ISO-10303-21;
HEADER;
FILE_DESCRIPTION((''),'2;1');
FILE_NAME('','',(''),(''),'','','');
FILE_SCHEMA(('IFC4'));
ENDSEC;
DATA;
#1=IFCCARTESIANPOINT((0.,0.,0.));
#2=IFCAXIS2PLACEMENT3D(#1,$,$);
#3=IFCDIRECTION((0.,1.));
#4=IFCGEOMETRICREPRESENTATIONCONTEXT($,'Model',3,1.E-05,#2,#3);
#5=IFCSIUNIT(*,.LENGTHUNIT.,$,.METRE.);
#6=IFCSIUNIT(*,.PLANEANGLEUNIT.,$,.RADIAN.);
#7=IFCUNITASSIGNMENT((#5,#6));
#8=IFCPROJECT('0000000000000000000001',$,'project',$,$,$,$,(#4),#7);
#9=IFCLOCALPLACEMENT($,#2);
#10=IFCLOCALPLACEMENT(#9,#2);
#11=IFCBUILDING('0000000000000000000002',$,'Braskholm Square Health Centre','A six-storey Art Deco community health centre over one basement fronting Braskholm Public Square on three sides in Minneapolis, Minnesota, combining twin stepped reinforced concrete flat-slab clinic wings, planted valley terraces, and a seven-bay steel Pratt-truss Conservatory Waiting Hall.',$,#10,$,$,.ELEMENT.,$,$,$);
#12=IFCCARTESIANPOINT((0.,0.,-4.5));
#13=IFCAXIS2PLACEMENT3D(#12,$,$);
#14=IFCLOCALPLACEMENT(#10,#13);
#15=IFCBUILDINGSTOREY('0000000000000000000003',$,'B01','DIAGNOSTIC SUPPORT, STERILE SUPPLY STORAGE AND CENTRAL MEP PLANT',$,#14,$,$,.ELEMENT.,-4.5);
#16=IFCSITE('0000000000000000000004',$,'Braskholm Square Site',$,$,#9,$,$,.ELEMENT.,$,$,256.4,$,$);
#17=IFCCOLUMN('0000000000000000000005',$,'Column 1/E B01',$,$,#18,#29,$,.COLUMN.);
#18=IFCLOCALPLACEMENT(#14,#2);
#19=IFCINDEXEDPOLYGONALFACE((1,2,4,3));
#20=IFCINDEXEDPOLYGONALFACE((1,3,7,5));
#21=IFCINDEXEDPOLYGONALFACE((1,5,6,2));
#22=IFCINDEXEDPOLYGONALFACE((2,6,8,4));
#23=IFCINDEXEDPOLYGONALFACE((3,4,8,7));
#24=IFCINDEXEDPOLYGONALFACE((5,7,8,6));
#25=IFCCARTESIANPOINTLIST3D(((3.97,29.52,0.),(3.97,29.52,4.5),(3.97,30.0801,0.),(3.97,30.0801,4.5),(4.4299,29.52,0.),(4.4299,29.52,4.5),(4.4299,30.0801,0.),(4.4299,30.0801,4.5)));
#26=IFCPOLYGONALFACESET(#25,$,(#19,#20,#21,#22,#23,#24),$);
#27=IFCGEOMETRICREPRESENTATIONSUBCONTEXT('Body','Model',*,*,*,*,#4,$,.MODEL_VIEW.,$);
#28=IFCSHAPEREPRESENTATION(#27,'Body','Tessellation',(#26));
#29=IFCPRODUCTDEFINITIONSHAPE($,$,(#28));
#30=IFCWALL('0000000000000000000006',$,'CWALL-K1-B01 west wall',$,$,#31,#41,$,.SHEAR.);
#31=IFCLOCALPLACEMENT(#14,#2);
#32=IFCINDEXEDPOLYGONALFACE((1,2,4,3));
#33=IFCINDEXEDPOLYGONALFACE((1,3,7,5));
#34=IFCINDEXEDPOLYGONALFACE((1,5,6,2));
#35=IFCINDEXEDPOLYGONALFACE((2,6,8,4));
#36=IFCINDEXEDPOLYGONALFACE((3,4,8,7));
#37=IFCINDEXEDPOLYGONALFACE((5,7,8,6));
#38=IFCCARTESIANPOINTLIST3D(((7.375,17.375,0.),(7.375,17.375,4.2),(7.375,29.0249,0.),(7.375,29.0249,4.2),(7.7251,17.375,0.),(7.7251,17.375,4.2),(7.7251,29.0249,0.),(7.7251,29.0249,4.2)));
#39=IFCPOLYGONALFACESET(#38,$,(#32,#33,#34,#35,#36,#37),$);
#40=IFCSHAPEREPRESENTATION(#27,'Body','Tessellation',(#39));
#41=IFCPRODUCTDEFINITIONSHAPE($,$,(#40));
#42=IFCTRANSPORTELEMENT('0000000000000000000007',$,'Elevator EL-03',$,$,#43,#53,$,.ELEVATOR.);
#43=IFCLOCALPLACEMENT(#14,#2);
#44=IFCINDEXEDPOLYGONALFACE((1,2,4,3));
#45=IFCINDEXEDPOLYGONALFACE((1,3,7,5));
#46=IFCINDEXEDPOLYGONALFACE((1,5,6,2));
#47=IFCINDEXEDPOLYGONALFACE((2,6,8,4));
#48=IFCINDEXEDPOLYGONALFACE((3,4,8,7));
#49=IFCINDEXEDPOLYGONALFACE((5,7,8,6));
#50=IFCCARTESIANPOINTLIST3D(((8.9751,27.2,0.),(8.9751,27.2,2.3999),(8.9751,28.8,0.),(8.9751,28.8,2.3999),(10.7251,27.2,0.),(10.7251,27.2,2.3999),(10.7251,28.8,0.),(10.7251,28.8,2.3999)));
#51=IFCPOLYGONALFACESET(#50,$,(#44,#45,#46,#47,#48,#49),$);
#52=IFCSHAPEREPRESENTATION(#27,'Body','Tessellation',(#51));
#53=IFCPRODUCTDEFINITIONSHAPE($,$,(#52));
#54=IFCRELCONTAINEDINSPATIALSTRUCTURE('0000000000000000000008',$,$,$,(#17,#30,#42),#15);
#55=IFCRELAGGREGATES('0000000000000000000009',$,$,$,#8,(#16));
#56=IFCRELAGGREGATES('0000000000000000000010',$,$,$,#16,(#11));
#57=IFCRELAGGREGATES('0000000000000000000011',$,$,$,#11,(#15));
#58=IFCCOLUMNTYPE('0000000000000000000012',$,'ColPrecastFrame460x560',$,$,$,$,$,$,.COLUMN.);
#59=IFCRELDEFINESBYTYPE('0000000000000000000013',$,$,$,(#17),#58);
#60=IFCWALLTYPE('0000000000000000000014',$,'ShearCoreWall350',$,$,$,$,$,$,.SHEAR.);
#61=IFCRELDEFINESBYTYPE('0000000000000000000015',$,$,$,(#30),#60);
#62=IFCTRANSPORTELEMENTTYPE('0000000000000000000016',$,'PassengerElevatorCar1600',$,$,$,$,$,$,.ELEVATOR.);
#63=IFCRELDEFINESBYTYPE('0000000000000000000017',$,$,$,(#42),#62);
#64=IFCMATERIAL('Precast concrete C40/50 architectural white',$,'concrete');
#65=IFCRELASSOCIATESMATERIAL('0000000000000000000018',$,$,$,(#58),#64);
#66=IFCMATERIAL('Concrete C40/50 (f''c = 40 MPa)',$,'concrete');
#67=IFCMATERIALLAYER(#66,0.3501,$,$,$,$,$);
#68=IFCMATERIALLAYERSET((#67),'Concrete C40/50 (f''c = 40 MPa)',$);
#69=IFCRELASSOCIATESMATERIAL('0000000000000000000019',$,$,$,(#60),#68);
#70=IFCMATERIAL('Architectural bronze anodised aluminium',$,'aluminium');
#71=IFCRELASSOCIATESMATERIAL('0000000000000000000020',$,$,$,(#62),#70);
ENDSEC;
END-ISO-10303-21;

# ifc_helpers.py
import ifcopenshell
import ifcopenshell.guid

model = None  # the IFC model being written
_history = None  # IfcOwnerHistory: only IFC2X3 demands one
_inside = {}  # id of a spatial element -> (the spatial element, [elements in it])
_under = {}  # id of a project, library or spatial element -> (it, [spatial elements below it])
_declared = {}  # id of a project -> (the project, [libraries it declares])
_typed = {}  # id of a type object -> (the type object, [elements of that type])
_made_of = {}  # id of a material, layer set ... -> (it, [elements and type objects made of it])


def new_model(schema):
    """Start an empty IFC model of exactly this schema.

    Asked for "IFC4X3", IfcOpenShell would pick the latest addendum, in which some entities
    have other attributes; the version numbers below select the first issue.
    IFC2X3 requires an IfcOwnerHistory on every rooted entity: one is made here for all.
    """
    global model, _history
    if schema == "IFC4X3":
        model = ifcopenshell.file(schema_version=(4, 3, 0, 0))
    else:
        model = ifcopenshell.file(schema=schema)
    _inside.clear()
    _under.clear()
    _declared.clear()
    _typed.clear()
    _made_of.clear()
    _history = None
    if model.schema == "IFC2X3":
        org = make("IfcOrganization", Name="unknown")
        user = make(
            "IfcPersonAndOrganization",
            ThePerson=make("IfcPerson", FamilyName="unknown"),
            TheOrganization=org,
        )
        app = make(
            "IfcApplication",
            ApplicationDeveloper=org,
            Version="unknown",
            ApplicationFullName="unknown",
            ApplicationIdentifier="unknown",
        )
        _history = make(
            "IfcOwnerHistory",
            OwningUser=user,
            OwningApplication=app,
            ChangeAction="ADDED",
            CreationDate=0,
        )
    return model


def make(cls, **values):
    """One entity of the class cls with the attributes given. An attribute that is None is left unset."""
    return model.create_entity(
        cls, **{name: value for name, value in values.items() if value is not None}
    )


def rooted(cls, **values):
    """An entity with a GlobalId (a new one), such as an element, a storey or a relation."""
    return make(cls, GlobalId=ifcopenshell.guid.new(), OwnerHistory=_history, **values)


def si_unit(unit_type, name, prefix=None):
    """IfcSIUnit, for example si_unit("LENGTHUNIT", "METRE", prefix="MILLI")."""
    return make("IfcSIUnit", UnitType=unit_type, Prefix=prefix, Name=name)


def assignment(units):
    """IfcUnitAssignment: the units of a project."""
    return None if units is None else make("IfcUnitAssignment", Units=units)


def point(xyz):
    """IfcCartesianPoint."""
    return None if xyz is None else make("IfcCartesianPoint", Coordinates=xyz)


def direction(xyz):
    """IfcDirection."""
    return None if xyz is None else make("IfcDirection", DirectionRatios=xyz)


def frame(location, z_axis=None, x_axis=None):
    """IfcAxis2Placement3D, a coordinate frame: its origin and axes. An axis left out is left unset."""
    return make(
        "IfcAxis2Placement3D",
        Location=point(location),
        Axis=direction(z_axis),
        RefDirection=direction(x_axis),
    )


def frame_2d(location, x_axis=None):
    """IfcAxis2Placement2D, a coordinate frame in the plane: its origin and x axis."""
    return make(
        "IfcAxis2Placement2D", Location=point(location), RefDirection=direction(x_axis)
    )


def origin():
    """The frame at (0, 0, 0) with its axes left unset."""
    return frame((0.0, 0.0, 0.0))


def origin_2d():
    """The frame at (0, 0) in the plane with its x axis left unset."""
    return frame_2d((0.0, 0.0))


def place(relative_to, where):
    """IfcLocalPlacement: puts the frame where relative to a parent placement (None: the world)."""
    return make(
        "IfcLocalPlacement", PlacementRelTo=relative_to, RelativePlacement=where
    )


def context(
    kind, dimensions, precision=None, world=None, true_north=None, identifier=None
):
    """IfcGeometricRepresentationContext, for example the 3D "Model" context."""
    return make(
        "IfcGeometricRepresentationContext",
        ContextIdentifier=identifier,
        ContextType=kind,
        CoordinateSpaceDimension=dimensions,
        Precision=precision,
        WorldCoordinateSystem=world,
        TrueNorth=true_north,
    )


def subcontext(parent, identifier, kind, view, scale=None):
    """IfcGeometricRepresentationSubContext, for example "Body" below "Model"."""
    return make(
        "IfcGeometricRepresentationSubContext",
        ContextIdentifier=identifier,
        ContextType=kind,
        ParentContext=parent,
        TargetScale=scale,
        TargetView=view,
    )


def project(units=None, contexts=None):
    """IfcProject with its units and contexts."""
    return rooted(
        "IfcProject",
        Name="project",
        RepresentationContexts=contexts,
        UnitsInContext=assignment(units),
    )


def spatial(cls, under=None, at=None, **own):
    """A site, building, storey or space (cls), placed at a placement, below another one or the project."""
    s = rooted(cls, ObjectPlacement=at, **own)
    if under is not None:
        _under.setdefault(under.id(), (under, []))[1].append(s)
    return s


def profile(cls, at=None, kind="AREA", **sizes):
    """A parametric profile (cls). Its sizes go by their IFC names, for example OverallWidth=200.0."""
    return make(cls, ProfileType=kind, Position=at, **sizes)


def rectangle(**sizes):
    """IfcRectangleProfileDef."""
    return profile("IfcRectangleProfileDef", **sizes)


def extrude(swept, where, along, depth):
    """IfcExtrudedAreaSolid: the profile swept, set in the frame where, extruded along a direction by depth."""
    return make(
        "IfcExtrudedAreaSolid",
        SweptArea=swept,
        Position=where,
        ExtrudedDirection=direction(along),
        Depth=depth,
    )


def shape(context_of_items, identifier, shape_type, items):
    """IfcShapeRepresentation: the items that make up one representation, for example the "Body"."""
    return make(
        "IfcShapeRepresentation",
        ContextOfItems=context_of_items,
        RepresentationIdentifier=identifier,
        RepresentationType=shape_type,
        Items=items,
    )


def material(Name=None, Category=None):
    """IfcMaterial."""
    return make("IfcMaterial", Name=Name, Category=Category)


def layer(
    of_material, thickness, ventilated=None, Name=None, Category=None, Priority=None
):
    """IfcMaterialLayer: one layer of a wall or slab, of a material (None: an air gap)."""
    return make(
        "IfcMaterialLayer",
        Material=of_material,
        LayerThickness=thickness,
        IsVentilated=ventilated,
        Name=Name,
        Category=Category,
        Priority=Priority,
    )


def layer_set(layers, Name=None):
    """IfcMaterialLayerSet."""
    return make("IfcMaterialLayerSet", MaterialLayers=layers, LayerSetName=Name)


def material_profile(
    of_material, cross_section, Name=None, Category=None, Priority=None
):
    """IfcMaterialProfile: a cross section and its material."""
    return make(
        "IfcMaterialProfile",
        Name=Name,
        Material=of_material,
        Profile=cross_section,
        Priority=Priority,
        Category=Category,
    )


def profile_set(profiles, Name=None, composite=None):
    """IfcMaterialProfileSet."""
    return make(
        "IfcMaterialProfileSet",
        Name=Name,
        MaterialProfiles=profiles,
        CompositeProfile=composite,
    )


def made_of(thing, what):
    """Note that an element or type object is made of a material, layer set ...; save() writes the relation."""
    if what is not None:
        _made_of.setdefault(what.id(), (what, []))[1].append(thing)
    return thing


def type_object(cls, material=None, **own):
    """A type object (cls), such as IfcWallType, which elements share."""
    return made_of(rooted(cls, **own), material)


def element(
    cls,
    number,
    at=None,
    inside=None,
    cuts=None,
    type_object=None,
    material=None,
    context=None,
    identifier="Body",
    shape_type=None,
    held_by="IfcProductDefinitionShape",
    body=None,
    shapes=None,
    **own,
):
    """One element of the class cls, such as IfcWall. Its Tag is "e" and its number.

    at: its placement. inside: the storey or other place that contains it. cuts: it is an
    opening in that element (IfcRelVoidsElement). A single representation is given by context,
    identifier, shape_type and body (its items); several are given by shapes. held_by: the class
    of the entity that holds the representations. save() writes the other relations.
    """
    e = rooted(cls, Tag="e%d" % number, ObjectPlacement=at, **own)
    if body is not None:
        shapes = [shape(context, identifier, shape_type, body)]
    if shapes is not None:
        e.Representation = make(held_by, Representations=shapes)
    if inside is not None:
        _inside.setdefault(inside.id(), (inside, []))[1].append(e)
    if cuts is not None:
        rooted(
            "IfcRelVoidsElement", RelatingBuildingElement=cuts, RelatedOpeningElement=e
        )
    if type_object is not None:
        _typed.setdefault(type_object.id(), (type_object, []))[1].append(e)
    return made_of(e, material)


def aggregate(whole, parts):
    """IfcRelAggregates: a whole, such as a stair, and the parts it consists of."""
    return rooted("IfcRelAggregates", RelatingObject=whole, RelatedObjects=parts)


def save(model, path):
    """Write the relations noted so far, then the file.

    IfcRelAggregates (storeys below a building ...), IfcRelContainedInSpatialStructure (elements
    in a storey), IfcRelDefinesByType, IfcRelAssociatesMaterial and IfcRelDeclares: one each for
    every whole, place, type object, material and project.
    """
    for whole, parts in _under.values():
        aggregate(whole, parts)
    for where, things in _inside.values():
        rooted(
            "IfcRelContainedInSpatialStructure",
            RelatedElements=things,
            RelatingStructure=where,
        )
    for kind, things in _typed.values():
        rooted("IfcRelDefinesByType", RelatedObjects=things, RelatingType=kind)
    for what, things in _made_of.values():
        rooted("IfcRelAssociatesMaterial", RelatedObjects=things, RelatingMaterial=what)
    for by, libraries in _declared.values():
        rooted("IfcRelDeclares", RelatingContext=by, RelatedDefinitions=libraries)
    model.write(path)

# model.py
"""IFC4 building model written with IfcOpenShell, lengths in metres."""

from ifc_helpers import new_model, si_unit, direction, frame, frame_2d, origin, origin_2d, place, context, subcontext, project, spatial, rectangle, extrude, material, layer, layer_set, material_profile, profile_set, type_object, element, save


model = new_model("IFC4")

# Units and contexts
model_context = context("Model", 3, precision=1e-05, world=origin(), true_north=direction((0.0, 1.0)))
body_context = subcontext(model_context, "Body", "Model", "MODEL_VIEW")
ifc_project = project(units=[si_unit("LENGTHUNIT", "METRE"), si_unit("PLANEANGLEUNIT", "RADIAN")], contexts=[model_context])

# Site, building, storey
site_placement = place(None, origin())
site = spatial("IfcSite", under=ifc_project, at=site_placement, Name="Braskholm Square Site", CompositionType="ELEMENT", RefElevation=256.4)
building_placement = place(site_placement, origin())
building = spatial("IfcBuilding", under=site, at=building_placement, Name="Braskholm Square Health Centre", Description="A six-storey Art Deco community health centre over one basement fronting Braskholm Public Square on three sides in Minneapolis, Minnesota, combining twin stepped reinforced concrete flat-slab clinic wings, planted valley terraces, and a seven-bay steel Pratt-truss Conservatory Waiting Hall.", CompositionType="ELEMENT")
storey_placement = place(building_placement, frame((0.0, 0.0, -4.5)))
storey = spatial("IfcBuildingStorey", under=building, at=storey_placement, Name="B01", Description="DIAGNOSTIC SUPPORT, STERILE SUPPLY STORAGE AND CENTRAL MEP PLANT", CompositionType="ELEMENT", Elevation=-4.5)

# Shared definitions
ifc_material_1 = material(Name="Concrete C40/50 (f'c = 40 MPa)", Category="concrete")

# Column
ifc_material_2 = material(Name="Precast concrete C40/50 architectural white", Category="concrete")
ifc_material_profile_1 = material_profile(ifc_material_2, rectangle(XDim=0.46, YDim=0.5601, at=origin_2d()), Name="RC-460X560")
ifc_profile_set_1 = profile_set([ifc_material_profile_1], Name="Precast concrete C40/50 architectural white")
column_type_1 = type_object("IfcColumnType", Name="ColPrecastFrame460x560", PredefinedType="COLUMN", material=ifc_profile_set_1)
column_1_placement = place(storey_placement, frame((4.2, 29.8, 0.0), z_axis=(0.0, 0.0, 1.0), x_axis=(1.0, 0.0, 0.0)))
element("IfcColumn", 1, at=column_1_placement, inside=storey, type_object=column_type_1, Name="Column 1/E B01", PredefinedType="COLUMN", context=body_context, shape_type="SweptSolid", body=[
    extrude(rectangle(XDim=0.46, YDim=0.5601, at=origin_2d()), origin(), (0.0, 0.0, 1.0), 4.5),
])

# Wall
ifc_layer = layer(ifc_material_1, 0.3501)
ifc_layer_set = layer_set([ifc_layer], Name="Concrete C40/50 (f'c = 40 MPa)")
wall_type = type_object("IfcWallType", Name="ShearCoreWall350", PredefinedType="SHEAR", material=ifc_layer_set)
wall_placement = place(storey_placement, frame((7.55, 29.0249, 0.0), z_axis=(0.0, 0.0, 1.0), x_axis=(0.0, -1.0, 0.0)))
element("IfcWall", 2, at=wall_placement, inside=storey, type_object=wall_type, Name="CWALL-K1-B01 west wall", PredefinedType="SHEAR", context=body_context, shape_type="SweptSolid", body=[
    extrude(rectangle(XDim=11.6499, YDim=0.3501, at=frame_2d((5.825, 0.0))), origin(), (0.0, 0.0, 1.0), 4.2),
])

# Transport element
ifc_material_3 = material(Name="Architectural bronze anodised aluminium", Category="aluminium")
transport_element_type = type_object("IfcTransportElementType", Name="PassengerElevatorCar1600", PredefinedType="ELEVATOR", material=ifc_material_3)
transport_element_placement = place(storey_placement, frame((9.8501, 28.0, 0.0), z_axis=(0.0, 0.0, 1.0), x_axis=(1.0, 0.0, 0.0)))
element("IfcTransportElement", 3, at=transport_element_placement, inside=storey, type_object=transport_element_type, Name="Elevator EL-03", PredefinedType="ELEVATOR", context=body_context, shape_type="SweptSolid", body=[
    extrude(rectangle(XDim=1.75, YDim=1.6001, at=origin_2d()), origin(), (0.0, 0.0, 1.0), 2.3999),
])

save(model, "model.ifc")
